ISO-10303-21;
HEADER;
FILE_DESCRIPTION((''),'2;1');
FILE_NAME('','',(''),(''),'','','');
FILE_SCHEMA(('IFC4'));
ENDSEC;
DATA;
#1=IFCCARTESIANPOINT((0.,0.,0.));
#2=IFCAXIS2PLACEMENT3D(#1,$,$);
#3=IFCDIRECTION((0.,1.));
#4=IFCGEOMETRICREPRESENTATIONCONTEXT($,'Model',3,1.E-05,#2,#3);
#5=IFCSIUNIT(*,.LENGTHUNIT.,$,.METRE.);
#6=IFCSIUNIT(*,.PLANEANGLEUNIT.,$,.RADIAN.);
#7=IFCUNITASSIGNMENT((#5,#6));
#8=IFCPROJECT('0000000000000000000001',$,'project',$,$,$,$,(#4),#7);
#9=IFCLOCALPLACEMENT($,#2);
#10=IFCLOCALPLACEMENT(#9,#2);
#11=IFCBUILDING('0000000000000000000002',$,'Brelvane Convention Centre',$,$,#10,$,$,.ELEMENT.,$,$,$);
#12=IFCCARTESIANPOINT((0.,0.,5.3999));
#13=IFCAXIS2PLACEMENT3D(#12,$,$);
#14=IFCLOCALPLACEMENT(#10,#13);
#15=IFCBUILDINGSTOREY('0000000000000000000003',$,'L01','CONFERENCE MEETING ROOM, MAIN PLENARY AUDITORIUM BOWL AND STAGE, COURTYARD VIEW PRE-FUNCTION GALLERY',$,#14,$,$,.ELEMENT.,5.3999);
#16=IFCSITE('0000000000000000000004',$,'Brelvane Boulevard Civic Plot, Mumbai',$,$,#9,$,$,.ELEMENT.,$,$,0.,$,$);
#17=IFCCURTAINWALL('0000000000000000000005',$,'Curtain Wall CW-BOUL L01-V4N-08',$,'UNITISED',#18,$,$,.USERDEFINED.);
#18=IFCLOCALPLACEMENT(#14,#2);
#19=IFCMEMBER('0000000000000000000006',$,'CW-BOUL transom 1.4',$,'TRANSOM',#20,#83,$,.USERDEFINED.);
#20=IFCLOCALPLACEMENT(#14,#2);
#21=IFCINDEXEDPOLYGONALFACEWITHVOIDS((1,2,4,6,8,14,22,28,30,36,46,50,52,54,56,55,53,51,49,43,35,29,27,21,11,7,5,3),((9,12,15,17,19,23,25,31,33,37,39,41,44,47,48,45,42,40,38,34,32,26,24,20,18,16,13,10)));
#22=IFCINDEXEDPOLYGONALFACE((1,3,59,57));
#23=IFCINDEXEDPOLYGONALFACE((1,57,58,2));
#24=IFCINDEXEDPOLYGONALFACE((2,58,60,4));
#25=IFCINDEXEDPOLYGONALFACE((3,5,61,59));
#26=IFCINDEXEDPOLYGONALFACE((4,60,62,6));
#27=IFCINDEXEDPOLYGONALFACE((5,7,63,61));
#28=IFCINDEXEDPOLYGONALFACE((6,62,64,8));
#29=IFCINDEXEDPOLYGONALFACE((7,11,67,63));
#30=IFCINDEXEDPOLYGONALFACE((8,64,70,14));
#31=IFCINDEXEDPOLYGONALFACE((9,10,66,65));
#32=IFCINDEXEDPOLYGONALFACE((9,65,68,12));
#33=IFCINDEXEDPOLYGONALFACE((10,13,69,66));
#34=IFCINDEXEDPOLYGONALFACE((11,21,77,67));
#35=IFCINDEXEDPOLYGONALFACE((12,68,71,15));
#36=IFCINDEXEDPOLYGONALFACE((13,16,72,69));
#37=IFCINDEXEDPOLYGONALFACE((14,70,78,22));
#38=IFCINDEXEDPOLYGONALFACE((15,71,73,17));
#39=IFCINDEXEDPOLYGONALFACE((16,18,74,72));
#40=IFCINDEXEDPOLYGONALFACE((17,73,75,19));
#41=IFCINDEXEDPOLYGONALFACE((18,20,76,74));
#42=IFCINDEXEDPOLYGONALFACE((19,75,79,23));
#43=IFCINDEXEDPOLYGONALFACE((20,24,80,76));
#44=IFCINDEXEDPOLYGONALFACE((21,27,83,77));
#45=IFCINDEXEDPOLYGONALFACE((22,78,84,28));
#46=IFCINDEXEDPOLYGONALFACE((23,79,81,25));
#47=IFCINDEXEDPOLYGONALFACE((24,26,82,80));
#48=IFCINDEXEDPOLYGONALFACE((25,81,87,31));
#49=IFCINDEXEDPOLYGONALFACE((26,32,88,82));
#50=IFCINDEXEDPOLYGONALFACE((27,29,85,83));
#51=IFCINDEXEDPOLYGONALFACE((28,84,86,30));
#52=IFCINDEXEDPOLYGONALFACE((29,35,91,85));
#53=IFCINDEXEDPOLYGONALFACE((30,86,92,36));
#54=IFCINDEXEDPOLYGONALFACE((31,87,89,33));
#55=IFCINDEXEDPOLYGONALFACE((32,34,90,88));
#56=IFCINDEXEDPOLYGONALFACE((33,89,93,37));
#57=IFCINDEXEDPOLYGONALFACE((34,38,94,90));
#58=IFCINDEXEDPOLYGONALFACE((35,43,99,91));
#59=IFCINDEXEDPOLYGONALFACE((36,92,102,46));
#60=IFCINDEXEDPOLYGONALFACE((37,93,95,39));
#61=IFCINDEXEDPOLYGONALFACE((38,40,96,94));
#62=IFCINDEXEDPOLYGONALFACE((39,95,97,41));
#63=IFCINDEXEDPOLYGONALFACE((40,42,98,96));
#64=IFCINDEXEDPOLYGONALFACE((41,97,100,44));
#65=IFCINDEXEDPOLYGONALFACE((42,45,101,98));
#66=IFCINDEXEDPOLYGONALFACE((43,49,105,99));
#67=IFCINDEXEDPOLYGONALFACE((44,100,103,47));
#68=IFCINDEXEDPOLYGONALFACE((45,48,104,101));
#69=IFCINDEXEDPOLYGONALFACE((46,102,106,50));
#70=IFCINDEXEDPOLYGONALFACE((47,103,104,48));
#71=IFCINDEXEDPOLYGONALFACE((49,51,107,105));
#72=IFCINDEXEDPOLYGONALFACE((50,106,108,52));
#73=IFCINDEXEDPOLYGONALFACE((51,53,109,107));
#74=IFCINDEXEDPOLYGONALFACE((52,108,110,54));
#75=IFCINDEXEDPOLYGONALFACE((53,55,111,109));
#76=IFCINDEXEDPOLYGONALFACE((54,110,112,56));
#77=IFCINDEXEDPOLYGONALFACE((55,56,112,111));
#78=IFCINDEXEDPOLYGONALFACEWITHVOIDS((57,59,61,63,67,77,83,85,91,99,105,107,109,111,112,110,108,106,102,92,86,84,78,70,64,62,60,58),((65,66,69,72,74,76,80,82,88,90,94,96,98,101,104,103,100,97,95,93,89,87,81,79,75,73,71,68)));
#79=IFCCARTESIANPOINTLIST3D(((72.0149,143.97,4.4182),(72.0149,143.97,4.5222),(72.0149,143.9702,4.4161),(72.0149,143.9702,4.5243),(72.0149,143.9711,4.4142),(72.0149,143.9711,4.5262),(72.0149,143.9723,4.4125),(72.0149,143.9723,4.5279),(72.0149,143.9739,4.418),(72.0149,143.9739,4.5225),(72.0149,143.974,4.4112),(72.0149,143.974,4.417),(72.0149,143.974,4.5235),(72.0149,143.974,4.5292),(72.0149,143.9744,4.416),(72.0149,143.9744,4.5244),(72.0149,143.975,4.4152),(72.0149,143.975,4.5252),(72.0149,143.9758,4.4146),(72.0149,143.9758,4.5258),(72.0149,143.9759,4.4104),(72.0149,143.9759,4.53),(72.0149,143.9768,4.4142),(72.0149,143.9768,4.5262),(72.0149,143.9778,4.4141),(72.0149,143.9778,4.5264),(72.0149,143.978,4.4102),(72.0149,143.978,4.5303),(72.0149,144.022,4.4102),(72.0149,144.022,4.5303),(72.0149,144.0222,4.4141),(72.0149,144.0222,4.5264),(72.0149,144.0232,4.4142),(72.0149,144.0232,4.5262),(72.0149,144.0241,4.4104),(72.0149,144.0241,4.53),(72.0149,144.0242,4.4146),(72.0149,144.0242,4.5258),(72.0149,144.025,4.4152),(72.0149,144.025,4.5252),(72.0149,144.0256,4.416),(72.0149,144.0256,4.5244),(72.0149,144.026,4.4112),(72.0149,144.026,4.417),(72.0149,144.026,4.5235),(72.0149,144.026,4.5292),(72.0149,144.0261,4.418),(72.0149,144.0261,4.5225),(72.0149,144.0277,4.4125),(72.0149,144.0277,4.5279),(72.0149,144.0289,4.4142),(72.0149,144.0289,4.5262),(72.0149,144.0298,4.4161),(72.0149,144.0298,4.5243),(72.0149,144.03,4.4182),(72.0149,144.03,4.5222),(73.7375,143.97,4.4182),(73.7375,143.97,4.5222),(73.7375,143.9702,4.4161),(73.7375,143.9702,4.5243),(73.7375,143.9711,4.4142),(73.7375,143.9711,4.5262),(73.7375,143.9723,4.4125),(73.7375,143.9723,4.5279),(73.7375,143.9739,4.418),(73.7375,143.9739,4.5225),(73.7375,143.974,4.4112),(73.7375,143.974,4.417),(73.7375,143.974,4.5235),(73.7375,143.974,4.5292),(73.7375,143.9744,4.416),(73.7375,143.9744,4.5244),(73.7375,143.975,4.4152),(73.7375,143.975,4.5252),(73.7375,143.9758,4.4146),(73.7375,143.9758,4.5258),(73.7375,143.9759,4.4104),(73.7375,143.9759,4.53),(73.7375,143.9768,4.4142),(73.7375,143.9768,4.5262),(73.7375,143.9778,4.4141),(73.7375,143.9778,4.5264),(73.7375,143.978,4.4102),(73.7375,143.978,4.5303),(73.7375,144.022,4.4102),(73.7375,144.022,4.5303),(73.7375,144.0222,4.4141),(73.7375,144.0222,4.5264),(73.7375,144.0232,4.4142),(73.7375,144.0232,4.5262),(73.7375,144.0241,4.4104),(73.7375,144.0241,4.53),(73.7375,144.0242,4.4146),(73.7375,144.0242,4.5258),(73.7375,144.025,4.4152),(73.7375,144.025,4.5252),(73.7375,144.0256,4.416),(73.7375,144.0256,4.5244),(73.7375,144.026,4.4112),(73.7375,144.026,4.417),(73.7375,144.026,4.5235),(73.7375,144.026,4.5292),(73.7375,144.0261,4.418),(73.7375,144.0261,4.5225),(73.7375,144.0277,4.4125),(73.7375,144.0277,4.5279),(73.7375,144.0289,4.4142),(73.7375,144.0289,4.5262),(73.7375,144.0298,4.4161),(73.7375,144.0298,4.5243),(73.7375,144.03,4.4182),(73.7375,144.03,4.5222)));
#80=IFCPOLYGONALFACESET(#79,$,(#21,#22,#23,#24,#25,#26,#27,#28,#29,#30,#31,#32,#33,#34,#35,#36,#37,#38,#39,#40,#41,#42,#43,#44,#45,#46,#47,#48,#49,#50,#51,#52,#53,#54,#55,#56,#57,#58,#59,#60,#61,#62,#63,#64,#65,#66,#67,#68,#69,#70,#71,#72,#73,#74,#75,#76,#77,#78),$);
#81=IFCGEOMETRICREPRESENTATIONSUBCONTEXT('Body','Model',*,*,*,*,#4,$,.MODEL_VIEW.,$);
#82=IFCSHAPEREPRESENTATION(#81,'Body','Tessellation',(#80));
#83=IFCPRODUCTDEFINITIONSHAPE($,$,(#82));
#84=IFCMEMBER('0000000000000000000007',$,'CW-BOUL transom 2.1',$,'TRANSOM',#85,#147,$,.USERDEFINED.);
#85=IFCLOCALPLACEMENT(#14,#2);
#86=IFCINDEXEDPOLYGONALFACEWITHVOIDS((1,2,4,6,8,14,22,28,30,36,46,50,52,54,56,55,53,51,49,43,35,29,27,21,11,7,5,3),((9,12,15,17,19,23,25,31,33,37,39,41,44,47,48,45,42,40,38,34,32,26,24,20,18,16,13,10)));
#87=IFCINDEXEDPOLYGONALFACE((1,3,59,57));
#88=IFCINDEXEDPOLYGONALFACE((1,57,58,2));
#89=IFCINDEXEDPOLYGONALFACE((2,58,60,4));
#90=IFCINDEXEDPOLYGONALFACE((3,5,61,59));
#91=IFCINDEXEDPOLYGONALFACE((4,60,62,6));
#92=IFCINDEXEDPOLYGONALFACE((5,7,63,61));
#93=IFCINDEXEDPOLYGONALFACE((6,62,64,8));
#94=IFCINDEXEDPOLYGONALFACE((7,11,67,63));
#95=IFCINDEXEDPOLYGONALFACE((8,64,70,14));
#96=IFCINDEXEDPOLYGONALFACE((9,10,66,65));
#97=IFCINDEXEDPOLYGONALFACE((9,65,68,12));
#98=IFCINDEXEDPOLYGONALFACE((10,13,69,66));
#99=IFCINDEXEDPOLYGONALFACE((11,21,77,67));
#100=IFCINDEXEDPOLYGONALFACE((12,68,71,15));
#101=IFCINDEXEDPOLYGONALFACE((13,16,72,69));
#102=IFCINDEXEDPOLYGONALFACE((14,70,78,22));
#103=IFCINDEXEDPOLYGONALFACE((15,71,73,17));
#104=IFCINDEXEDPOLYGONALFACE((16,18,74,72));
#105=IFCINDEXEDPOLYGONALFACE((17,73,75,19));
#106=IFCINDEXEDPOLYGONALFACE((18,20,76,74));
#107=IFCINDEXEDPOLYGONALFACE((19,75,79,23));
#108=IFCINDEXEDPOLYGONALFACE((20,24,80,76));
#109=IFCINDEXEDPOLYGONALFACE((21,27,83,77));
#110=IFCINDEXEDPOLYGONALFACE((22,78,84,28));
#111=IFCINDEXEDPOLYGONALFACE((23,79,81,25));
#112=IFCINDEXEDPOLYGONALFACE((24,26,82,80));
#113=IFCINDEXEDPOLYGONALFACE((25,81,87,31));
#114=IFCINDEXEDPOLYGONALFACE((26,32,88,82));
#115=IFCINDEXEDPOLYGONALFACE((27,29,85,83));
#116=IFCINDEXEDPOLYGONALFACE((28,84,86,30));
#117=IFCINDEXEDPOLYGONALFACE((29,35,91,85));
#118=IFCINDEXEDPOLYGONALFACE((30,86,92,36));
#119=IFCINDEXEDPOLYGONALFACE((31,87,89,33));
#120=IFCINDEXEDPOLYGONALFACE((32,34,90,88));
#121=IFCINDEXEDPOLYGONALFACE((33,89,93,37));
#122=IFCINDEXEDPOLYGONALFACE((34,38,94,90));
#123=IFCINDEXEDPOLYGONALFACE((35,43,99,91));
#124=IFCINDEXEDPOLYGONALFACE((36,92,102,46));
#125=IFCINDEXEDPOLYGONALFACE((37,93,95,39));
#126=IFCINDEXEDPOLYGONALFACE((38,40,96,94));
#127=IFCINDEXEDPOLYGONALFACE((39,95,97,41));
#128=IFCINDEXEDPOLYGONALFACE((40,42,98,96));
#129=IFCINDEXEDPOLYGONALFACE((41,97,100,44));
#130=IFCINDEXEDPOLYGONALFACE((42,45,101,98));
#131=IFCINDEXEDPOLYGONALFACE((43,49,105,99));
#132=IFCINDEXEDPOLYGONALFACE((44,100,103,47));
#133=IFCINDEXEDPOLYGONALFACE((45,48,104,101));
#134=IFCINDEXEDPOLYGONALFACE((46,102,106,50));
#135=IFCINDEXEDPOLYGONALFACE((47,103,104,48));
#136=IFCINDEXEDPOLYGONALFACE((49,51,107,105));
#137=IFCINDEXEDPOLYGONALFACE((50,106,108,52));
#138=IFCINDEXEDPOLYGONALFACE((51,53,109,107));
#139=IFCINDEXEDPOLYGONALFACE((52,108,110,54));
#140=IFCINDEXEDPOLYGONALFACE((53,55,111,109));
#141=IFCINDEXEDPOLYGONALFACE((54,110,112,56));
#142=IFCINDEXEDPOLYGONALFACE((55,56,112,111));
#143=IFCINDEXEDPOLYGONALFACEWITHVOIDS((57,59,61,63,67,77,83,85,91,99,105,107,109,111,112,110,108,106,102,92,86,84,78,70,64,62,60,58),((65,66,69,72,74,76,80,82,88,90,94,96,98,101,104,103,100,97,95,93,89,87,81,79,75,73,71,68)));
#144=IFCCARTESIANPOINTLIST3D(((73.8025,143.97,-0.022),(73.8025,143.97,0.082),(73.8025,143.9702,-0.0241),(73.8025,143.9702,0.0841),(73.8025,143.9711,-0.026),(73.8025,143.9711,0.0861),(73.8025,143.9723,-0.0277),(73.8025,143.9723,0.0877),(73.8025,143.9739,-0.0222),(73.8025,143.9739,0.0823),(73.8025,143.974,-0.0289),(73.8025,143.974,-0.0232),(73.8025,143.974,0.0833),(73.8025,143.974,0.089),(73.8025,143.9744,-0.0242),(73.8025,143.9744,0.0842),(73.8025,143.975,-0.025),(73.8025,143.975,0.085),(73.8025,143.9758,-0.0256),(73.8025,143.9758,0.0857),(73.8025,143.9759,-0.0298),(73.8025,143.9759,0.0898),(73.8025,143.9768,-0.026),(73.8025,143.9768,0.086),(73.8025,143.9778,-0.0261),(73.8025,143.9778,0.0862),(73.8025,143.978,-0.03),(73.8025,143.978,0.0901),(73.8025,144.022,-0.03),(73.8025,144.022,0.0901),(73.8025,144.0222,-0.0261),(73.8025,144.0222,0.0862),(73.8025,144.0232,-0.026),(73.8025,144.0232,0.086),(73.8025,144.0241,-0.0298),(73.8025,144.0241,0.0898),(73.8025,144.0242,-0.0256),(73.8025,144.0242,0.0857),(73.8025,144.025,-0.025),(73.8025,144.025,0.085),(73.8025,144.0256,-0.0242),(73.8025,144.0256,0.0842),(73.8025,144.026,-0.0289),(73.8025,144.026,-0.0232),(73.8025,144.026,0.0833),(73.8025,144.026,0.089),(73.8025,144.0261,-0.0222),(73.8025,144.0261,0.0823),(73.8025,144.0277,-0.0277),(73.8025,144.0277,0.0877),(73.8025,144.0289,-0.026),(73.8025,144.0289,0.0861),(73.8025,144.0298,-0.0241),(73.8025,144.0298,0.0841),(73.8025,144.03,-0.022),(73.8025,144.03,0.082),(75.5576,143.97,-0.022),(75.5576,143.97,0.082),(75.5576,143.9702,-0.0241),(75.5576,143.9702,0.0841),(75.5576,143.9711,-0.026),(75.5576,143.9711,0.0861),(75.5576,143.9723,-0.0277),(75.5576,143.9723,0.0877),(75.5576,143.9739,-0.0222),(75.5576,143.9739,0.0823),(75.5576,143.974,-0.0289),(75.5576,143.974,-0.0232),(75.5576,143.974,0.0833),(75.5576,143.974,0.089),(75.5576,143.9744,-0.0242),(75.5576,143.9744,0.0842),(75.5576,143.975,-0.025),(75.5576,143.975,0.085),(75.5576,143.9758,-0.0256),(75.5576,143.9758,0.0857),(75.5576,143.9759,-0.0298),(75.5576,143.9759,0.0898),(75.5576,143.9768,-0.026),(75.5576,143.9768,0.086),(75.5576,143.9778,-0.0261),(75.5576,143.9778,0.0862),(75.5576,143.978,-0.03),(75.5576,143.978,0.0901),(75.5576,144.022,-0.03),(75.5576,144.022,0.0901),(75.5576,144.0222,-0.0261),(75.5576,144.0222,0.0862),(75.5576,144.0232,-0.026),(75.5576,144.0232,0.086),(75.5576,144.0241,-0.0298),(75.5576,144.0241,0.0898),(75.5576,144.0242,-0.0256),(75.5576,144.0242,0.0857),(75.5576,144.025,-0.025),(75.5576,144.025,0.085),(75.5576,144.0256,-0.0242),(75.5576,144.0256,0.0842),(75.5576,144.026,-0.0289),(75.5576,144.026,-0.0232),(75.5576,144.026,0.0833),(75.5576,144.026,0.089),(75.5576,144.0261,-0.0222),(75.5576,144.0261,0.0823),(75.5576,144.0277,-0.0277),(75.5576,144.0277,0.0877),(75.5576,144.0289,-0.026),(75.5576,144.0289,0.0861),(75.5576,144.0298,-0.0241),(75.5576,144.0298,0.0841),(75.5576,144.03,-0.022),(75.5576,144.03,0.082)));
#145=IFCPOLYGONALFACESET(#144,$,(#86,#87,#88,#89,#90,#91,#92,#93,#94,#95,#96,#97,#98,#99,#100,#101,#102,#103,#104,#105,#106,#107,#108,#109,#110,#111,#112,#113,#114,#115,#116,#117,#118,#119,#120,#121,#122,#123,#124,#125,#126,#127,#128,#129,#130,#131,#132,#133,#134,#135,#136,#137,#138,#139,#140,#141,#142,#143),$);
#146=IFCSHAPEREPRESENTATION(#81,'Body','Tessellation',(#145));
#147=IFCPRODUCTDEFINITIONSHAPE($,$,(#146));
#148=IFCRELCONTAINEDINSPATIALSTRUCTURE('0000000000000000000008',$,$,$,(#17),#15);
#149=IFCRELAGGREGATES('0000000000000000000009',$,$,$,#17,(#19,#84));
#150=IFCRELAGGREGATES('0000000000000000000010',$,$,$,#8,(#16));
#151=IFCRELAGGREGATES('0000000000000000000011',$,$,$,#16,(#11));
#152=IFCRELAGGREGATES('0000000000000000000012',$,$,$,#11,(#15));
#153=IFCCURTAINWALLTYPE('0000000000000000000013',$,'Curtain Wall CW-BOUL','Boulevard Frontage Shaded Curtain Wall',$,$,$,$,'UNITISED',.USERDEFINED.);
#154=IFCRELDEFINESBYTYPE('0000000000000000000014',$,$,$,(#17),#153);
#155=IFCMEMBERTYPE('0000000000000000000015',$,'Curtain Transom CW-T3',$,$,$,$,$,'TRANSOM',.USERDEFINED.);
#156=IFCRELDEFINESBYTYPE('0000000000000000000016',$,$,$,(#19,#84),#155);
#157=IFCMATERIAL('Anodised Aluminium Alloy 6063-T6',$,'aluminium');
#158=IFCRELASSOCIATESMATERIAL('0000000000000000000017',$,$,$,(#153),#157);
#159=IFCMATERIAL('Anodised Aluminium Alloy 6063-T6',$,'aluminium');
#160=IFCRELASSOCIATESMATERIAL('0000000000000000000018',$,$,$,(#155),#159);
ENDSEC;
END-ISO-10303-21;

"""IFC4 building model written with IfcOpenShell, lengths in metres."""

from ifc_helpers import new_model, si_unit, direction, frame, origin, origin_2d, place, context, subcontext, project, spatial, hollow_rectangle, extrude, material, material_profile, profile_set, type_object, element, aggregate, save


model = new_model("IFC4")

# Units and contexts
model_context = context("Model", 3, precision=1e-05, world=origin(), true_north=direction((0.0, 1.0)))
body_context = subcontext(model_context, "Body", "Model", "MODEL_VIEW")
ifc_project = project(units=[si_unit("LENGTHUNIT", "METRE"), si_unit("PLANEANGLEUNIT", "RADIAN")], contexts=[model_context])

# Site, building, storey
site_placement = place(None, origin())
site = spatial("IfcSite", under=ifc_project, at=site_placement, Name="Brelvane Boulevard Civic Plot, Mumbai", CompositionType="ELEMENT", RefElevation=0.0)
building_placement = place(site_placement, origin())
building = spatial("IfcBuilding", under=site, at=building_placement, Name="Brelvane Convention Centre", CompositionType="ELEMENT")
storey_placement = place(building_placement, frame((0.0, 0.0, 5.3999)))
storey = spatial("IfcBuildingStorey", under=building, at=storey_placement, Name="L01", Description="CONFERENCE MEETING ROOM, MAIN PLENARY AUDITORIUM BOWL AND STAGE, COURTYARD VIEW PRE-FUNCTION GALLERY", CompositionType="ELEMENT", Elevation=5.3999)

# Curtain wall, members
ifc_material_1 = material(Name="Anodised Aluminium Alloy 6063-T6", Category="aluminium")
curtain_wall_type = type_object("IfcCurtainWallType", Name="Curtain Wall CW-BOUL", Description="Boulevard Frontage Shaded Curtain Wall", ElementType="UNITISED", PredefinedType="USERDEFINED", material=ifc_material_1)
curtain_wall_placement = place(storey_placement, origin())
curtain_wall = element("IfcCurtainWall", 1, at=curtain_wall_placement, inside=storey, type_object=curtain_wall_type, Name="Curtain Wall CW-BOUL L01-V4N-08", ObjectType="UNITISED", PredefinedType="USERDEFINED")
ifc_material_2 = material(Name="Anodised Aluminium Alloy 6063-T6", Category="aluminium")
ifc_material_profile_1 = material_profile(ifc_material_2, hollow_rectangle(XDim=0.0601, YDim=0.1201, WallThickness=0.0039, InnerFilletRadius=0.0039, OuterFilletRadius=0.0081, at=origin_2d()), Name="ALU-T 120x60x4.0")
ifc_profile_set_1 = profile_set([ifc_material_profile_1], Name="Anodised Aluminium Alloy 6063-T6")
member_type_1 = type_object("IfcMemberType", Name="Curtain Transom CW-T3", ElementType="TRANSOM", PredefinedType="USERDEFINED", material=ifc_profile_set_1)
member_1_placement = place(storey_placement, frame((72.0149, 144.0, 4.4702), z_axis=(1.0, 0.0, 0.0), x_axis=(0.0, 1.0, 0.0)))
member_1 = element("IfcMember", 2, at=member_1_placement, type_object=member_type_1, Name="CW-BOUL transom 1.4", ObjectType="TRANSOM", PredefinedType="USERDEFINED", context=body_context, shape_type="SweptSolid", body=[
    extrude(hollow_rectangle(XDim=0.0601, YDim=0.1201, WallThickness=0.0039, InnerFilletRadius=0.0039, OuterFilletRadius=0.0081, at=origin_2d()), origin(), (0.0, 0.0, 1.0), 1.7227),
])
member_2_placement = place(storey_placement, frame((73.8025, 144.0, 0.03), z_axis=(1.0, 0.0, 0.0), x_axis=(0.0, 1.0, 0.0)))
member_2 = element("IfcMember", 3, at=member_2_placement, type_object=member_type_1, Name="CW-BOUL transom 2.1", ObjectType="TRANSOM", PredefinedType="USERDEFINED", context=body_context, shape_type="SweptSolid", body=[
    extrude(hollow_rectangle(XDim=0.0601, YDim=0.1201, WallThickness=0.0039, InnerFilletRadius=0.0039, OuterFilletRadius=0.0081, at=origin_2d()), origin(), (0.0, 0.0, 1.0), 1.7551),
])

aggregate(curtain_wall, [member_1, member_2])

save(model, "model.ifc")
